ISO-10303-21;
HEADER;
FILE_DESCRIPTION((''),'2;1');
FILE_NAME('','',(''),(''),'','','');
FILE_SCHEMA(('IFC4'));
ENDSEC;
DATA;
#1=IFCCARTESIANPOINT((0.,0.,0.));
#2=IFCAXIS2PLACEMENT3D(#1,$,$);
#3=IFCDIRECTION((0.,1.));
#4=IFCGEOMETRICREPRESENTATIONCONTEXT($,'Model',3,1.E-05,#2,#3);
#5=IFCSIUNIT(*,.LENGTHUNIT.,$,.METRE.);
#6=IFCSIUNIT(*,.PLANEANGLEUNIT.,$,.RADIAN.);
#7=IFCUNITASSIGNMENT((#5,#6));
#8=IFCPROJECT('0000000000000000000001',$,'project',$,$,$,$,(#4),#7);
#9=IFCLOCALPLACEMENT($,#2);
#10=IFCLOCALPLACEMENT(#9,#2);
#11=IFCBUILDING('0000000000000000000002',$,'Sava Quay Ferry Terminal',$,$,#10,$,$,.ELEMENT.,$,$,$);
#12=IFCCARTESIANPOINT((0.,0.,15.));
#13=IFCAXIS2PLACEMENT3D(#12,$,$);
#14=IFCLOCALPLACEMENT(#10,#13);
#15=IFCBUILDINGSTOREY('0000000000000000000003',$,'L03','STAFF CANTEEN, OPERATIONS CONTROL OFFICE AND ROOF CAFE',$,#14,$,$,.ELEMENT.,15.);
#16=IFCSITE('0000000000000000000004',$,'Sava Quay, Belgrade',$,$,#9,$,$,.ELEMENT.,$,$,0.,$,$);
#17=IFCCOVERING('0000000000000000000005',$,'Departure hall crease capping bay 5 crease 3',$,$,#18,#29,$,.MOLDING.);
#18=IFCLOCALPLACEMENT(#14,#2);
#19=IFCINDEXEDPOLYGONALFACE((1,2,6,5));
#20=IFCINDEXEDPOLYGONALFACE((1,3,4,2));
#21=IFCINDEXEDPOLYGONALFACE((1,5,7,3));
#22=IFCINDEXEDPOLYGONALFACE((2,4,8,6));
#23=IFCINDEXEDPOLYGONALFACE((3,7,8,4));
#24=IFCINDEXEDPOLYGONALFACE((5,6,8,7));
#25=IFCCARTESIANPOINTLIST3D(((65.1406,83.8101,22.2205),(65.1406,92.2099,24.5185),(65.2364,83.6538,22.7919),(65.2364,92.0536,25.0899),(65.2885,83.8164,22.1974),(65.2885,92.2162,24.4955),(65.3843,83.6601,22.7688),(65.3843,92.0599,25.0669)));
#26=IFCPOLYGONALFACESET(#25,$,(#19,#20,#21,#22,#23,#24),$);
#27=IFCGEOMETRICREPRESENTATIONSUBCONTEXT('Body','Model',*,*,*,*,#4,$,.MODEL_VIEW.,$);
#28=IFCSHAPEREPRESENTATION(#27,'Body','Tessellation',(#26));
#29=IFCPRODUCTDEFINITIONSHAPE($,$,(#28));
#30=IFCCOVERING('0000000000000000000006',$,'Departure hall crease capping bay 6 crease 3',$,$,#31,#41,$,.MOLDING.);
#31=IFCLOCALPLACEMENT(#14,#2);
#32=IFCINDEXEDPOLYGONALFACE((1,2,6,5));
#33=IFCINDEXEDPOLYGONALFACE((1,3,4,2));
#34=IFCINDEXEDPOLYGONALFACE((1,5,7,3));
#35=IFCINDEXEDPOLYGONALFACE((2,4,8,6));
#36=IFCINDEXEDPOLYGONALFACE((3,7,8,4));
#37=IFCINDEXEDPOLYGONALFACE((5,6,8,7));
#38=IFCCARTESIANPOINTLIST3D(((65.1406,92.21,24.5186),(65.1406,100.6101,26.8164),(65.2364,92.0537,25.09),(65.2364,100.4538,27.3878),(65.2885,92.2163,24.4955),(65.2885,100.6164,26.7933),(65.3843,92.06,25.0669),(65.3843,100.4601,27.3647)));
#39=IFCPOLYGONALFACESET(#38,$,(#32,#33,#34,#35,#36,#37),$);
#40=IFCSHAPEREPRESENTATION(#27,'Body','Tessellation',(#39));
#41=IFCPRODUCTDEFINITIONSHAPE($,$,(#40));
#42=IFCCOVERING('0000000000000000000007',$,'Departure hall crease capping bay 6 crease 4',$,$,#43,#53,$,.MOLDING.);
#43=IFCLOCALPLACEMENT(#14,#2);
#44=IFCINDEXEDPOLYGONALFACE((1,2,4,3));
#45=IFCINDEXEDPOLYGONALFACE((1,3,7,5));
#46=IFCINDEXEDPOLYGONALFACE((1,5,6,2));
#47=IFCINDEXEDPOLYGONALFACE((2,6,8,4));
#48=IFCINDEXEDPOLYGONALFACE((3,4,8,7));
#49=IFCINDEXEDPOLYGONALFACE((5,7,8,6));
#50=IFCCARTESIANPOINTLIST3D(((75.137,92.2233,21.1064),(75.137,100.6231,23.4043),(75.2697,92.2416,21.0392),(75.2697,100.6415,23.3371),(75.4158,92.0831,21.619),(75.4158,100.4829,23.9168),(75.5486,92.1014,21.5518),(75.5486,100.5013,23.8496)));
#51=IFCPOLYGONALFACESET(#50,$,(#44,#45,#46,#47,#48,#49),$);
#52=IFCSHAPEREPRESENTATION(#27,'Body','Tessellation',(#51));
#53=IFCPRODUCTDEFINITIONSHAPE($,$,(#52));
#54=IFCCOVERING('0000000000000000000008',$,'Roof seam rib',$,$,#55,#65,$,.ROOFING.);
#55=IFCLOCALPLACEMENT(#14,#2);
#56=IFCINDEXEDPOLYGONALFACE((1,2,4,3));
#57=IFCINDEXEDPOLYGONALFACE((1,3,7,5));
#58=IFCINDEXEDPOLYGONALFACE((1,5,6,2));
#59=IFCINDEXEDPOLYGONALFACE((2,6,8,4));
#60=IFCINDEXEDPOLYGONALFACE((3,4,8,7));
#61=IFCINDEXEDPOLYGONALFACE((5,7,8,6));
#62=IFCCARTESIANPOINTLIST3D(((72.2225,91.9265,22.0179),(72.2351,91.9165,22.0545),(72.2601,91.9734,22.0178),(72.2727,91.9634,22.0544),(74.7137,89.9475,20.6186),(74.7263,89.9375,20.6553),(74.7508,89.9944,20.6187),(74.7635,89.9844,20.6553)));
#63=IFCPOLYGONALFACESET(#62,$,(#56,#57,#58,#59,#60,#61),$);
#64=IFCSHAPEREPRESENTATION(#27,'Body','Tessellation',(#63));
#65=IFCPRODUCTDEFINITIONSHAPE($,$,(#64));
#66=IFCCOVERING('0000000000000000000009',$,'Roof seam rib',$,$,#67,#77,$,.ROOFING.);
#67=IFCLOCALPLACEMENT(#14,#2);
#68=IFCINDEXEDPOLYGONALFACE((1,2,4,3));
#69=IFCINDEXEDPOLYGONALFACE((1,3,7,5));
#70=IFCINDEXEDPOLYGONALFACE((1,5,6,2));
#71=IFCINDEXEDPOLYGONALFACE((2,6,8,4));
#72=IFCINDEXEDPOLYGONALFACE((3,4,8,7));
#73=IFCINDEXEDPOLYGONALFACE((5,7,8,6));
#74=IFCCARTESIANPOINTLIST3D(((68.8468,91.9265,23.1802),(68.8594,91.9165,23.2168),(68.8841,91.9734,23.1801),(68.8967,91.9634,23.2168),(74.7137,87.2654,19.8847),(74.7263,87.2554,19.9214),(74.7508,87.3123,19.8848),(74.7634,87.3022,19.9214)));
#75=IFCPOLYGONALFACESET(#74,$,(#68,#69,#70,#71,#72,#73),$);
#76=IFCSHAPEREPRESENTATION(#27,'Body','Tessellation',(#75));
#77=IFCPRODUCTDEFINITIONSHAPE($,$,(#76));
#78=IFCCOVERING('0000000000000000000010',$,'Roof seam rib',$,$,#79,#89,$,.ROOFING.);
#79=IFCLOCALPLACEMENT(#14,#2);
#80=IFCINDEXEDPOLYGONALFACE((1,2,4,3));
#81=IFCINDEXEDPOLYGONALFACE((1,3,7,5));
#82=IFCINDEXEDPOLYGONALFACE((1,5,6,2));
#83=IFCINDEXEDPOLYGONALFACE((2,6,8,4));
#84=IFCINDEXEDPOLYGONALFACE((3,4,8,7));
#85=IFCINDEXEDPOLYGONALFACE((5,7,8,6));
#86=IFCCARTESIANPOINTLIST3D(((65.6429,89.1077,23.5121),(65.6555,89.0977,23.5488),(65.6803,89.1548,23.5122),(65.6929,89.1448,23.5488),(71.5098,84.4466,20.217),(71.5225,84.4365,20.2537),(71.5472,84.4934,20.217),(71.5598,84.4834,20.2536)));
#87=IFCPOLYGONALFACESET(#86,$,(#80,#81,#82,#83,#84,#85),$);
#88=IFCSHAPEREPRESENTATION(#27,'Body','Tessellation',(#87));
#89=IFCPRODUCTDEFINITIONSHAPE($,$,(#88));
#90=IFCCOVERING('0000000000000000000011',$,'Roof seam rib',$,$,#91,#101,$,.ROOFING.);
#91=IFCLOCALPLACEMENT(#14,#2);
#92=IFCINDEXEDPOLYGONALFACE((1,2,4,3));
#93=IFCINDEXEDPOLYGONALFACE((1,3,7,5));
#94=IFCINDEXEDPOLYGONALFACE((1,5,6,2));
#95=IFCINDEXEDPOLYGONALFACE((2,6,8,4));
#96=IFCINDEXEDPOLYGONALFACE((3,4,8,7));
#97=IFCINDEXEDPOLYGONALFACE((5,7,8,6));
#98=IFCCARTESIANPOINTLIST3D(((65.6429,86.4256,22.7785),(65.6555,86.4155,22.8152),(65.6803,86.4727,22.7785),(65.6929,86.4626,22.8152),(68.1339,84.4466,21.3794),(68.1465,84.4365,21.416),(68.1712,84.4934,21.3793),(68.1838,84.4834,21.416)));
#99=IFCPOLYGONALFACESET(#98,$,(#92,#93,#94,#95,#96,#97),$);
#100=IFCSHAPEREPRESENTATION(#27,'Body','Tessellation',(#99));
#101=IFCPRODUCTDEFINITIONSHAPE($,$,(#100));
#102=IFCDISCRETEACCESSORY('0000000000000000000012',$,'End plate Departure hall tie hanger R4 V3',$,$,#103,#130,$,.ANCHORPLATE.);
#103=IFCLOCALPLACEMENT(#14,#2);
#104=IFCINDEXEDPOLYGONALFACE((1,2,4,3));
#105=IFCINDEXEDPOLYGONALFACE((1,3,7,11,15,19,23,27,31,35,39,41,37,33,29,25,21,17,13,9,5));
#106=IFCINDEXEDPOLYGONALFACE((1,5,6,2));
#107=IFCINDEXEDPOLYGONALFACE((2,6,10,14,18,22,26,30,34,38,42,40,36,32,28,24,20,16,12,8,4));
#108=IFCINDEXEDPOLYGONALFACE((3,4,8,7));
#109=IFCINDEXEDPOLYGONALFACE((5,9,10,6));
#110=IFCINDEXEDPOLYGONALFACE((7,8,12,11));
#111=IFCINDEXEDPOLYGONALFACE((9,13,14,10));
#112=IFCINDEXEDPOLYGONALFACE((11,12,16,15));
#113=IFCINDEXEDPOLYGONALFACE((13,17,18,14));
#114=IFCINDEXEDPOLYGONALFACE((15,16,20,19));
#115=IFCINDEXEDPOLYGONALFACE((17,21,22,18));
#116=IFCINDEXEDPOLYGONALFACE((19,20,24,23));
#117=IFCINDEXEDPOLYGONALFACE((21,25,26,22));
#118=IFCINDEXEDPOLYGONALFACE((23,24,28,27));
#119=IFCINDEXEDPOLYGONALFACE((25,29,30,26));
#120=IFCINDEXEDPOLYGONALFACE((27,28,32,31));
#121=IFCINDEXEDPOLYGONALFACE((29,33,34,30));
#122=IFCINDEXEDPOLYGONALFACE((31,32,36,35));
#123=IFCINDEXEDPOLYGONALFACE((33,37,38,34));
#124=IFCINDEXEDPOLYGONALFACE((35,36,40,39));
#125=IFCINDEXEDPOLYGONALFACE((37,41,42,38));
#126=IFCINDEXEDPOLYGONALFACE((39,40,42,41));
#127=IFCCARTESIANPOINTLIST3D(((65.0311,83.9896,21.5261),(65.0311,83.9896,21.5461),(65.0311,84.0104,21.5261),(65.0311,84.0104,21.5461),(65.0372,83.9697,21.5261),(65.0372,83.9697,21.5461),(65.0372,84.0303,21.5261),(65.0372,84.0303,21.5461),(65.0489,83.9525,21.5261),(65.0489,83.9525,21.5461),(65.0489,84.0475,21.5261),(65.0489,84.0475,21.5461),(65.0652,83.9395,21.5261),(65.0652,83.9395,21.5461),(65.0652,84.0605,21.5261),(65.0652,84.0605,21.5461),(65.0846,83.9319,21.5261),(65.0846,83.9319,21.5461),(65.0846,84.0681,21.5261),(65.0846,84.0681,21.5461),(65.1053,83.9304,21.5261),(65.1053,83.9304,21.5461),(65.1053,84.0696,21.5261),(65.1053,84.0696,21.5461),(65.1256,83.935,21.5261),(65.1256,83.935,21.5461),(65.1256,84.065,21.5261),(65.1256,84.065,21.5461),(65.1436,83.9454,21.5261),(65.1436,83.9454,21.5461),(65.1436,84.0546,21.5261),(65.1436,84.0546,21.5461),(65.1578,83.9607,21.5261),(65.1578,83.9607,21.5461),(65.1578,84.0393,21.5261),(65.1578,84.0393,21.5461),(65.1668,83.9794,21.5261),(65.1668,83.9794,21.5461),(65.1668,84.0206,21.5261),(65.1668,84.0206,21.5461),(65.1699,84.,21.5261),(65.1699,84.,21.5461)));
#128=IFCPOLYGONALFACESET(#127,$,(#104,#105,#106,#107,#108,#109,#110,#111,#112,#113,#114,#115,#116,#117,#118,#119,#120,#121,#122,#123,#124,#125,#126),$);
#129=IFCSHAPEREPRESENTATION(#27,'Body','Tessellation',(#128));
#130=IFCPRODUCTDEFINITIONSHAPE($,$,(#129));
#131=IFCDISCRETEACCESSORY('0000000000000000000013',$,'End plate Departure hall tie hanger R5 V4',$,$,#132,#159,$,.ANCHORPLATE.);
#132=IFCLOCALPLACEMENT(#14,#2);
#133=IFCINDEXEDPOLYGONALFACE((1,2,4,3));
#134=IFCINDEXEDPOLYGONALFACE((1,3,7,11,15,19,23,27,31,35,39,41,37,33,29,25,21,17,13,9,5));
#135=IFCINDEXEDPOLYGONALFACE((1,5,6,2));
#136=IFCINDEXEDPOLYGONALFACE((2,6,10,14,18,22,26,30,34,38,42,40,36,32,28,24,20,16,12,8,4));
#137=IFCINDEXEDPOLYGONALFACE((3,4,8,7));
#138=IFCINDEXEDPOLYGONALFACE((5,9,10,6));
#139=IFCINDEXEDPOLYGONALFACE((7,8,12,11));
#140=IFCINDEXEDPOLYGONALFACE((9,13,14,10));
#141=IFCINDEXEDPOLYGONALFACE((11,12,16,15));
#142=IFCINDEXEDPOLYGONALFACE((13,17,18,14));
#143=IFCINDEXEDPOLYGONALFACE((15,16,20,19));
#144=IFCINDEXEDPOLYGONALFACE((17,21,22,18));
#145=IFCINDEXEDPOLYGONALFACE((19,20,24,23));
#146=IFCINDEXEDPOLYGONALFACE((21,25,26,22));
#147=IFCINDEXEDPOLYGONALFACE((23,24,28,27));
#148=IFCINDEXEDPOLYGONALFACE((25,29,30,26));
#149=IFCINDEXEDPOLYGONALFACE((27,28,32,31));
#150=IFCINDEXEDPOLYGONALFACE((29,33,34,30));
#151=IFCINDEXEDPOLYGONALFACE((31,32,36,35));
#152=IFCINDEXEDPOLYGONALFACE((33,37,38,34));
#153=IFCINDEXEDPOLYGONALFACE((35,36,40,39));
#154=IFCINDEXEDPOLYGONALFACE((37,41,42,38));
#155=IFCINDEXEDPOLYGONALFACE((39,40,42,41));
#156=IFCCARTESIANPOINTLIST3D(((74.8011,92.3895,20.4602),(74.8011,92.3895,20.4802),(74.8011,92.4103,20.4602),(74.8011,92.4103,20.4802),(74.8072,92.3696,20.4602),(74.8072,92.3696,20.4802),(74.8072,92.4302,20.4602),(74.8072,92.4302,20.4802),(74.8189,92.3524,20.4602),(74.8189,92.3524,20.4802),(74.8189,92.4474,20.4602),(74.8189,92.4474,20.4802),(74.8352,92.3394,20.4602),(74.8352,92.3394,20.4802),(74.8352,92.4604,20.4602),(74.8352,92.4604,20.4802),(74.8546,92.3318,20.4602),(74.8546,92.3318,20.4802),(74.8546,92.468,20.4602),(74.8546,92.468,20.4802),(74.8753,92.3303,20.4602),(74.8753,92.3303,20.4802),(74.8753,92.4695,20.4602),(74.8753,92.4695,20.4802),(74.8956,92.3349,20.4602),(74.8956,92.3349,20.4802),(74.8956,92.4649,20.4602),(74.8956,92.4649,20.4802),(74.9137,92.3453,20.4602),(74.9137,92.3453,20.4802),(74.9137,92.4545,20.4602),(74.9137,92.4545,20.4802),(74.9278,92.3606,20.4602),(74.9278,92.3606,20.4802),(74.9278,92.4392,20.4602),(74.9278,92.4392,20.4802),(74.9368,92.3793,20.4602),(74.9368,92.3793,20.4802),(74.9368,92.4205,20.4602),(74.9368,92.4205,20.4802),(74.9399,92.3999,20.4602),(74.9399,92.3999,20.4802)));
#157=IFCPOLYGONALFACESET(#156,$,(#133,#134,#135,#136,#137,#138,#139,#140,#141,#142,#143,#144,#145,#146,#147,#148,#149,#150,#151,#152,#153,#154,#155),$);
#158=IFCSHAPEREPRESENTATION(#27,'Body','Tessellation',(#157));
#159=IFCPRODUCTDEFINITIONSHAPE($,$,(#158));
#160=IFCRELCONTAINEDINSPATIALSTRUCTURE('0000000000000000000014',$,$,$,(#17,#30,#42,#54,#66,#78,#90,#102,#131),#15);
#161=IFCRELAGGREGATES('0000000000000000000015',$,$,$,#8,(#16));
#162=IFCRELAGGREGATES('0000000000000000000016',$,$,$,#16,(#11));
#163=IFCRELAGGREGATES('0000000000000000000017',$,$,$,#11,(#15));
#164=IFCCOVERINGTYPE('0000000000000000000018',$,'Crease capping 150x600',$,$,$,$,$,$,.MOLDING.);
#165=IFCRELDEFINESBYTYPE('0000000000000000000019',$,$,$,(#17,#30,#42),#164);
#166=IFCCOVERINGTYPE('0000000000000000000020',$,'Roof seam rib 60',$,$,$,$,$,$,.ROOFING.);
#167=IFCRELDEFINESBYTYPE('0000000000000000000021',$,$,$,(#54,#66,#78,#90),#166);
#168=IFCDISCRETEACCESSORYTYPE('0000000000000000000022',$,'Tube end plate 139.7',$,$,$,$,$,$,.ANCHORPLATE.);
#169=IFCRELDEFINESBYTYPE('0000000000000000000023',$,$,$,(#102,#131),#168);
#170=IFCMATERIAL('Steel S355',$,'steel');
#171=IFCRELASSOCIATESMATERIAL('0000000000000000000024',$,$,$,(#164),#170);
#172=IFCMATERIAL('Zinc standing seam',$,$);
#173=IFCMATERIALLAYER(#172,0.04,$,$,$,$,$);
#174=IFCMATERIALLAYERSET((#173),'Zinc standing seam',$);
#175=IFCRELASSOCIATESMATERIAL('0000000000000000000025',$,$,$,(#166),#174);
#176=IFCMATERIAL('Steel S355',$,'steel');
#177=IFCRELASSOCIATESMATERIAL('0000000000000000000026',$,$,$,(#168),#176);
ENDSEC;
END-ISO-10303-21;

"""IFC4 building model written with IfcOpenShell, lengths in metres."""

from ifc_helpers import new_model, si_unit, direction, frame, origin, origin_2d, place, context, subcontext, project, spatial, polyline, rectangle, circle, outline, extrude, material, layer, layer_set, material_profile, profile_set, type_object, element, save


model = new_model("IFC4")

# Units and contexts
model_context = context("Model", 3, precision=1e-05, world=origin(), true_north=direction((0.0, 1.0)))
body_context = subcontext(model_context, "Body", "Model", "MODEL_VIEW")
ifc_project = project(units=[si_unit("LENGTHUNIT", "METRE"), si_unit("PLANEANGLEUNIT", "RADIAN")], contexts=[model_context])

# Site, building, storey
site_placement = place(None, origin())
site = spatial("IfcSite", under=ifc_project, at=site_placement, Name="Sava Quay, Belgrade", CompositionType="ELEMENT", RefElevation=0.0)
building_placement = place(site_placement, origin())
building = spatial("IfcBuilding", under=site, at=building_placement, Name="Sava Quay Ferry Terminal", CompositionType="ELEMENT")
storey_placement = place(building_placement, frame((0.0, 0.0, 15.0)))
storey = spatial("IfcBuildingStorey", under=building, at=storey_placement, Name="L03", Description="STAFF CANTEEN, OPERATIONS CONTROL OFFICE AND ROOF CAFE", CompositionType="ELEMENT", Elevation=15.0)

# Coverings
ifc_material_1 = material(Name="Steel S355", Category="steel")
ifc_material_profile_1 = material_profile(ifc_material_1, rectangle(XDim=0.1499, YDim=0.6001, at=origin_2d()), Name="Cap 150 x 600")
ifc_profile_set_1 = profile_set([ifc_material_profile_1], Name="Steel S355")
covering_type_1 = type_object("IfcCoveringType", Name="Crease capping 150x600", PredefinedType="MOLDING", material=ifc_profile_set_1)
covering_1_placement = place(storey_placement, frame((65.2625, 83.7351, 22.4946), z_axis=(0.0, 0.964553, 0.263888), x_axis=(-0.987175, -0.042128, 0.153986)))
element("IfcCovering", 1, at=covering_1_placement, inside=storey, type_object=covering_type_1, Name="Departure hall crease capping bay 5 crease 3", PredefinedType="MOLDING", context=body_context, shape_type="SweptSolid", body=[
    extrude(rectangle(XDim=0.1499, YDim=0.6001, at=origin_2d()), origin(), (0.0, 0.0, 1.0), 8.7085),
])
covering_2_placement = place(storey_placement, frame((65.2625, 92.135, 24.7927), z_axis=(0.0, 0.964562, 0.263855), x_axis=(-0.987175, -0.042123, 0.153987)))
element("IfcCovering", 2, at=covering_2_placement, inside=storey, type_object=covering_type_1, Name="Departure hall crease capping bay 6 crease 3", PredefinedType="MOLDING", context=body_context, shape_type="SweptSolid", body=[
    extrude(rectangle(XDim=0.1499, YDim=0.6001, at=origin_2d()), origin(), (0.0, 0.0, 1.0), 8.7087),
])
covering_3_placement = place(storey_placement, frame((75.3428, 92.1624, 21.3291), z_axis=(0.0, 0.96456, 0.263862), x_axis=(-0.885499, -0.122601, 0.448175)))
element("IfcCovering", 3, at=covering_3_placement, inside=storey, type_object=covering_type_1, Name="Departure hall crease capping bay 6 crease 4", PredefinedType="MOLDING", context=body_context, shape_type="SweptSolid", body=[
    extrude(rectangle(XDim=0.1499, YDim=0.6001, at=origin_2d()), origin(), (0.0, 0.0, 1.0), 8.7085),
])
ifc_material_2 = material(Name="Zinc standing seam")
ifc_layer = layer(ifc_material_2, 0.04)
ifc_layer_set = layer_set([ifc_layer], Name="Zinc standing seam")
covering_type_2 = type_object("IfcCoveringType", Name="Roof seam rib 60", PredefinedType="ROOFING", material=ifc_layer_set)
covering_4_placement = place(storey_placement, frame((74.7263, 89.9375, 20.6553), z_axis=(0.314843, -0.250891, 0.915384), x_axis=(-0.716751, 0.569383, 0.402582)))
element("IfcCovering", 4, at=covering_4_placement, inside=storey, type_object=covering_type_2, Name="Roof seam rib", PredefinedType="ROOFING", context=body_context, shape_type="SweptSolid", body=[
    extrude(outline(polyline([(0.0, 0.0), (3.4757, 0.0), (3.4754, -0.0601), (0.0001, -0.0598), (0.0, 0.0)])), origin(), (0.0, 0.0, -1.0), 0.04),
])
covering_5_placement = place(storey_placement, frame((74.7263, 87.2554, 19.9214), z_axis=(0.315243, -0.250388, 0.915384), x_axis=(-0.716723, 0.569417, 0.402582)))
element("IfcCovering", 5, at=covering_5_placement, inside=storey, type_object=covering_type_2, Name="Roof seam rib", PredefinedType="ROOFING", context=body_context, shape_type="SweptSolid", body=[
    extrude(outline(polyline([(0.0, 0.0), (8.1858, 0.0), (8.1857, -0.0599), (0.0001, -0.0598), (0.0, 0.0)])), origin(), (0.0, 0.0, -1.0), 0.04),
])
covering_6_placement = place(storey_placement, frame((71.5225, 84.4365, 20.2537), z_axis=(0.315135, -0.250471, 0.915398), x_axis=(-0.716734, 0.569426, 0.402549)))
element("IfcCovering", 6, at=covering_6_placement, inside=storey, type_object=covering_type_2, Name="Roof seam rib", PredefinedType="ROOFING", context=body_context, shape_type="SweptSolid", body=[
    extrude(outline(polyline([(0.0, 0.0), (8.1857, 0.0), (8.1857, -0.0601), (-0.0001, -0.0599), (0.0, 0.0)])), origin(), (0.0, 0.0, -1.0), 0.04),
])
covering_7_placement = place(storey_placement, frame((68.1465, 84.4365, 21.416), z_axis=(0.315154, -0.250486, 0.915388), x_axis=(-0.716726, 0.569419, 0.402574)))
element("IfcCovering", 7, at=covering_7_placement, inside=storey, type_object=covering_type_2, Name="Roof seam rib", PredefinedType="ROOFING", context=body_context, shape_type="SweptSolid", body=[
    extrude(outline(polyline([(0.0, 0.0), (3.4755, 0.0), (3.4756, -0.0601), (-0.0001, -0.0599), (0.0, 0.0)])), origin(), (0.0, 0.0, -1.0), 0.04),
])

# Discrete accessories
ifc_material_3 = material(Name="Steel S355", Category="steel")
ifc_material_profile_2 = material_profile(ifc_material_3, circle(Radius=0.0698, at=origin_2d()), Name="Plate 139.7 dia x 20")
ifc_profile_set_2 = profile_set([ifc_material_profile_2], Name="Steel S355")
discrete_accessory_type = type_object("IfcDiscreteAccessoryType", Name="Tube end plate 139.7", PredefinedType="ANCHORPLATE", material=ifc_profile_set_2)
for number, where, z_axis, x_axis, name in (
    (8, (65.1001, 84.0, 21.5261), (0.0, 0.0, 1.0), (1.0, 0.0, 0.0), "End plate Departure hall tie hanger R4 V3"),
    (9, (74.8701, 92.3999, 20.4602), (0.0, 0.0, 1.0), (1.0, 0.0, 0.0), "End plate Departure hall tie hanger R5 V4"),
):
    element("IfcDiscreteAccessory", number, at=place(storey_placement, frame(where, z_axis=z_axis, x_axis=x_axis)), inside=storey, type_object=discrete_accessory_type, Name=name, PredefinedType="ANCHORPLATE", context=body_context, shape_type="SweptSolid", body=[
        extrude(circle(Radius=0.0698, at=origin_2d()), origin(), (0.0, 0.0, 1.0), 0.02),
    ])

save(model, "model.ifc")
